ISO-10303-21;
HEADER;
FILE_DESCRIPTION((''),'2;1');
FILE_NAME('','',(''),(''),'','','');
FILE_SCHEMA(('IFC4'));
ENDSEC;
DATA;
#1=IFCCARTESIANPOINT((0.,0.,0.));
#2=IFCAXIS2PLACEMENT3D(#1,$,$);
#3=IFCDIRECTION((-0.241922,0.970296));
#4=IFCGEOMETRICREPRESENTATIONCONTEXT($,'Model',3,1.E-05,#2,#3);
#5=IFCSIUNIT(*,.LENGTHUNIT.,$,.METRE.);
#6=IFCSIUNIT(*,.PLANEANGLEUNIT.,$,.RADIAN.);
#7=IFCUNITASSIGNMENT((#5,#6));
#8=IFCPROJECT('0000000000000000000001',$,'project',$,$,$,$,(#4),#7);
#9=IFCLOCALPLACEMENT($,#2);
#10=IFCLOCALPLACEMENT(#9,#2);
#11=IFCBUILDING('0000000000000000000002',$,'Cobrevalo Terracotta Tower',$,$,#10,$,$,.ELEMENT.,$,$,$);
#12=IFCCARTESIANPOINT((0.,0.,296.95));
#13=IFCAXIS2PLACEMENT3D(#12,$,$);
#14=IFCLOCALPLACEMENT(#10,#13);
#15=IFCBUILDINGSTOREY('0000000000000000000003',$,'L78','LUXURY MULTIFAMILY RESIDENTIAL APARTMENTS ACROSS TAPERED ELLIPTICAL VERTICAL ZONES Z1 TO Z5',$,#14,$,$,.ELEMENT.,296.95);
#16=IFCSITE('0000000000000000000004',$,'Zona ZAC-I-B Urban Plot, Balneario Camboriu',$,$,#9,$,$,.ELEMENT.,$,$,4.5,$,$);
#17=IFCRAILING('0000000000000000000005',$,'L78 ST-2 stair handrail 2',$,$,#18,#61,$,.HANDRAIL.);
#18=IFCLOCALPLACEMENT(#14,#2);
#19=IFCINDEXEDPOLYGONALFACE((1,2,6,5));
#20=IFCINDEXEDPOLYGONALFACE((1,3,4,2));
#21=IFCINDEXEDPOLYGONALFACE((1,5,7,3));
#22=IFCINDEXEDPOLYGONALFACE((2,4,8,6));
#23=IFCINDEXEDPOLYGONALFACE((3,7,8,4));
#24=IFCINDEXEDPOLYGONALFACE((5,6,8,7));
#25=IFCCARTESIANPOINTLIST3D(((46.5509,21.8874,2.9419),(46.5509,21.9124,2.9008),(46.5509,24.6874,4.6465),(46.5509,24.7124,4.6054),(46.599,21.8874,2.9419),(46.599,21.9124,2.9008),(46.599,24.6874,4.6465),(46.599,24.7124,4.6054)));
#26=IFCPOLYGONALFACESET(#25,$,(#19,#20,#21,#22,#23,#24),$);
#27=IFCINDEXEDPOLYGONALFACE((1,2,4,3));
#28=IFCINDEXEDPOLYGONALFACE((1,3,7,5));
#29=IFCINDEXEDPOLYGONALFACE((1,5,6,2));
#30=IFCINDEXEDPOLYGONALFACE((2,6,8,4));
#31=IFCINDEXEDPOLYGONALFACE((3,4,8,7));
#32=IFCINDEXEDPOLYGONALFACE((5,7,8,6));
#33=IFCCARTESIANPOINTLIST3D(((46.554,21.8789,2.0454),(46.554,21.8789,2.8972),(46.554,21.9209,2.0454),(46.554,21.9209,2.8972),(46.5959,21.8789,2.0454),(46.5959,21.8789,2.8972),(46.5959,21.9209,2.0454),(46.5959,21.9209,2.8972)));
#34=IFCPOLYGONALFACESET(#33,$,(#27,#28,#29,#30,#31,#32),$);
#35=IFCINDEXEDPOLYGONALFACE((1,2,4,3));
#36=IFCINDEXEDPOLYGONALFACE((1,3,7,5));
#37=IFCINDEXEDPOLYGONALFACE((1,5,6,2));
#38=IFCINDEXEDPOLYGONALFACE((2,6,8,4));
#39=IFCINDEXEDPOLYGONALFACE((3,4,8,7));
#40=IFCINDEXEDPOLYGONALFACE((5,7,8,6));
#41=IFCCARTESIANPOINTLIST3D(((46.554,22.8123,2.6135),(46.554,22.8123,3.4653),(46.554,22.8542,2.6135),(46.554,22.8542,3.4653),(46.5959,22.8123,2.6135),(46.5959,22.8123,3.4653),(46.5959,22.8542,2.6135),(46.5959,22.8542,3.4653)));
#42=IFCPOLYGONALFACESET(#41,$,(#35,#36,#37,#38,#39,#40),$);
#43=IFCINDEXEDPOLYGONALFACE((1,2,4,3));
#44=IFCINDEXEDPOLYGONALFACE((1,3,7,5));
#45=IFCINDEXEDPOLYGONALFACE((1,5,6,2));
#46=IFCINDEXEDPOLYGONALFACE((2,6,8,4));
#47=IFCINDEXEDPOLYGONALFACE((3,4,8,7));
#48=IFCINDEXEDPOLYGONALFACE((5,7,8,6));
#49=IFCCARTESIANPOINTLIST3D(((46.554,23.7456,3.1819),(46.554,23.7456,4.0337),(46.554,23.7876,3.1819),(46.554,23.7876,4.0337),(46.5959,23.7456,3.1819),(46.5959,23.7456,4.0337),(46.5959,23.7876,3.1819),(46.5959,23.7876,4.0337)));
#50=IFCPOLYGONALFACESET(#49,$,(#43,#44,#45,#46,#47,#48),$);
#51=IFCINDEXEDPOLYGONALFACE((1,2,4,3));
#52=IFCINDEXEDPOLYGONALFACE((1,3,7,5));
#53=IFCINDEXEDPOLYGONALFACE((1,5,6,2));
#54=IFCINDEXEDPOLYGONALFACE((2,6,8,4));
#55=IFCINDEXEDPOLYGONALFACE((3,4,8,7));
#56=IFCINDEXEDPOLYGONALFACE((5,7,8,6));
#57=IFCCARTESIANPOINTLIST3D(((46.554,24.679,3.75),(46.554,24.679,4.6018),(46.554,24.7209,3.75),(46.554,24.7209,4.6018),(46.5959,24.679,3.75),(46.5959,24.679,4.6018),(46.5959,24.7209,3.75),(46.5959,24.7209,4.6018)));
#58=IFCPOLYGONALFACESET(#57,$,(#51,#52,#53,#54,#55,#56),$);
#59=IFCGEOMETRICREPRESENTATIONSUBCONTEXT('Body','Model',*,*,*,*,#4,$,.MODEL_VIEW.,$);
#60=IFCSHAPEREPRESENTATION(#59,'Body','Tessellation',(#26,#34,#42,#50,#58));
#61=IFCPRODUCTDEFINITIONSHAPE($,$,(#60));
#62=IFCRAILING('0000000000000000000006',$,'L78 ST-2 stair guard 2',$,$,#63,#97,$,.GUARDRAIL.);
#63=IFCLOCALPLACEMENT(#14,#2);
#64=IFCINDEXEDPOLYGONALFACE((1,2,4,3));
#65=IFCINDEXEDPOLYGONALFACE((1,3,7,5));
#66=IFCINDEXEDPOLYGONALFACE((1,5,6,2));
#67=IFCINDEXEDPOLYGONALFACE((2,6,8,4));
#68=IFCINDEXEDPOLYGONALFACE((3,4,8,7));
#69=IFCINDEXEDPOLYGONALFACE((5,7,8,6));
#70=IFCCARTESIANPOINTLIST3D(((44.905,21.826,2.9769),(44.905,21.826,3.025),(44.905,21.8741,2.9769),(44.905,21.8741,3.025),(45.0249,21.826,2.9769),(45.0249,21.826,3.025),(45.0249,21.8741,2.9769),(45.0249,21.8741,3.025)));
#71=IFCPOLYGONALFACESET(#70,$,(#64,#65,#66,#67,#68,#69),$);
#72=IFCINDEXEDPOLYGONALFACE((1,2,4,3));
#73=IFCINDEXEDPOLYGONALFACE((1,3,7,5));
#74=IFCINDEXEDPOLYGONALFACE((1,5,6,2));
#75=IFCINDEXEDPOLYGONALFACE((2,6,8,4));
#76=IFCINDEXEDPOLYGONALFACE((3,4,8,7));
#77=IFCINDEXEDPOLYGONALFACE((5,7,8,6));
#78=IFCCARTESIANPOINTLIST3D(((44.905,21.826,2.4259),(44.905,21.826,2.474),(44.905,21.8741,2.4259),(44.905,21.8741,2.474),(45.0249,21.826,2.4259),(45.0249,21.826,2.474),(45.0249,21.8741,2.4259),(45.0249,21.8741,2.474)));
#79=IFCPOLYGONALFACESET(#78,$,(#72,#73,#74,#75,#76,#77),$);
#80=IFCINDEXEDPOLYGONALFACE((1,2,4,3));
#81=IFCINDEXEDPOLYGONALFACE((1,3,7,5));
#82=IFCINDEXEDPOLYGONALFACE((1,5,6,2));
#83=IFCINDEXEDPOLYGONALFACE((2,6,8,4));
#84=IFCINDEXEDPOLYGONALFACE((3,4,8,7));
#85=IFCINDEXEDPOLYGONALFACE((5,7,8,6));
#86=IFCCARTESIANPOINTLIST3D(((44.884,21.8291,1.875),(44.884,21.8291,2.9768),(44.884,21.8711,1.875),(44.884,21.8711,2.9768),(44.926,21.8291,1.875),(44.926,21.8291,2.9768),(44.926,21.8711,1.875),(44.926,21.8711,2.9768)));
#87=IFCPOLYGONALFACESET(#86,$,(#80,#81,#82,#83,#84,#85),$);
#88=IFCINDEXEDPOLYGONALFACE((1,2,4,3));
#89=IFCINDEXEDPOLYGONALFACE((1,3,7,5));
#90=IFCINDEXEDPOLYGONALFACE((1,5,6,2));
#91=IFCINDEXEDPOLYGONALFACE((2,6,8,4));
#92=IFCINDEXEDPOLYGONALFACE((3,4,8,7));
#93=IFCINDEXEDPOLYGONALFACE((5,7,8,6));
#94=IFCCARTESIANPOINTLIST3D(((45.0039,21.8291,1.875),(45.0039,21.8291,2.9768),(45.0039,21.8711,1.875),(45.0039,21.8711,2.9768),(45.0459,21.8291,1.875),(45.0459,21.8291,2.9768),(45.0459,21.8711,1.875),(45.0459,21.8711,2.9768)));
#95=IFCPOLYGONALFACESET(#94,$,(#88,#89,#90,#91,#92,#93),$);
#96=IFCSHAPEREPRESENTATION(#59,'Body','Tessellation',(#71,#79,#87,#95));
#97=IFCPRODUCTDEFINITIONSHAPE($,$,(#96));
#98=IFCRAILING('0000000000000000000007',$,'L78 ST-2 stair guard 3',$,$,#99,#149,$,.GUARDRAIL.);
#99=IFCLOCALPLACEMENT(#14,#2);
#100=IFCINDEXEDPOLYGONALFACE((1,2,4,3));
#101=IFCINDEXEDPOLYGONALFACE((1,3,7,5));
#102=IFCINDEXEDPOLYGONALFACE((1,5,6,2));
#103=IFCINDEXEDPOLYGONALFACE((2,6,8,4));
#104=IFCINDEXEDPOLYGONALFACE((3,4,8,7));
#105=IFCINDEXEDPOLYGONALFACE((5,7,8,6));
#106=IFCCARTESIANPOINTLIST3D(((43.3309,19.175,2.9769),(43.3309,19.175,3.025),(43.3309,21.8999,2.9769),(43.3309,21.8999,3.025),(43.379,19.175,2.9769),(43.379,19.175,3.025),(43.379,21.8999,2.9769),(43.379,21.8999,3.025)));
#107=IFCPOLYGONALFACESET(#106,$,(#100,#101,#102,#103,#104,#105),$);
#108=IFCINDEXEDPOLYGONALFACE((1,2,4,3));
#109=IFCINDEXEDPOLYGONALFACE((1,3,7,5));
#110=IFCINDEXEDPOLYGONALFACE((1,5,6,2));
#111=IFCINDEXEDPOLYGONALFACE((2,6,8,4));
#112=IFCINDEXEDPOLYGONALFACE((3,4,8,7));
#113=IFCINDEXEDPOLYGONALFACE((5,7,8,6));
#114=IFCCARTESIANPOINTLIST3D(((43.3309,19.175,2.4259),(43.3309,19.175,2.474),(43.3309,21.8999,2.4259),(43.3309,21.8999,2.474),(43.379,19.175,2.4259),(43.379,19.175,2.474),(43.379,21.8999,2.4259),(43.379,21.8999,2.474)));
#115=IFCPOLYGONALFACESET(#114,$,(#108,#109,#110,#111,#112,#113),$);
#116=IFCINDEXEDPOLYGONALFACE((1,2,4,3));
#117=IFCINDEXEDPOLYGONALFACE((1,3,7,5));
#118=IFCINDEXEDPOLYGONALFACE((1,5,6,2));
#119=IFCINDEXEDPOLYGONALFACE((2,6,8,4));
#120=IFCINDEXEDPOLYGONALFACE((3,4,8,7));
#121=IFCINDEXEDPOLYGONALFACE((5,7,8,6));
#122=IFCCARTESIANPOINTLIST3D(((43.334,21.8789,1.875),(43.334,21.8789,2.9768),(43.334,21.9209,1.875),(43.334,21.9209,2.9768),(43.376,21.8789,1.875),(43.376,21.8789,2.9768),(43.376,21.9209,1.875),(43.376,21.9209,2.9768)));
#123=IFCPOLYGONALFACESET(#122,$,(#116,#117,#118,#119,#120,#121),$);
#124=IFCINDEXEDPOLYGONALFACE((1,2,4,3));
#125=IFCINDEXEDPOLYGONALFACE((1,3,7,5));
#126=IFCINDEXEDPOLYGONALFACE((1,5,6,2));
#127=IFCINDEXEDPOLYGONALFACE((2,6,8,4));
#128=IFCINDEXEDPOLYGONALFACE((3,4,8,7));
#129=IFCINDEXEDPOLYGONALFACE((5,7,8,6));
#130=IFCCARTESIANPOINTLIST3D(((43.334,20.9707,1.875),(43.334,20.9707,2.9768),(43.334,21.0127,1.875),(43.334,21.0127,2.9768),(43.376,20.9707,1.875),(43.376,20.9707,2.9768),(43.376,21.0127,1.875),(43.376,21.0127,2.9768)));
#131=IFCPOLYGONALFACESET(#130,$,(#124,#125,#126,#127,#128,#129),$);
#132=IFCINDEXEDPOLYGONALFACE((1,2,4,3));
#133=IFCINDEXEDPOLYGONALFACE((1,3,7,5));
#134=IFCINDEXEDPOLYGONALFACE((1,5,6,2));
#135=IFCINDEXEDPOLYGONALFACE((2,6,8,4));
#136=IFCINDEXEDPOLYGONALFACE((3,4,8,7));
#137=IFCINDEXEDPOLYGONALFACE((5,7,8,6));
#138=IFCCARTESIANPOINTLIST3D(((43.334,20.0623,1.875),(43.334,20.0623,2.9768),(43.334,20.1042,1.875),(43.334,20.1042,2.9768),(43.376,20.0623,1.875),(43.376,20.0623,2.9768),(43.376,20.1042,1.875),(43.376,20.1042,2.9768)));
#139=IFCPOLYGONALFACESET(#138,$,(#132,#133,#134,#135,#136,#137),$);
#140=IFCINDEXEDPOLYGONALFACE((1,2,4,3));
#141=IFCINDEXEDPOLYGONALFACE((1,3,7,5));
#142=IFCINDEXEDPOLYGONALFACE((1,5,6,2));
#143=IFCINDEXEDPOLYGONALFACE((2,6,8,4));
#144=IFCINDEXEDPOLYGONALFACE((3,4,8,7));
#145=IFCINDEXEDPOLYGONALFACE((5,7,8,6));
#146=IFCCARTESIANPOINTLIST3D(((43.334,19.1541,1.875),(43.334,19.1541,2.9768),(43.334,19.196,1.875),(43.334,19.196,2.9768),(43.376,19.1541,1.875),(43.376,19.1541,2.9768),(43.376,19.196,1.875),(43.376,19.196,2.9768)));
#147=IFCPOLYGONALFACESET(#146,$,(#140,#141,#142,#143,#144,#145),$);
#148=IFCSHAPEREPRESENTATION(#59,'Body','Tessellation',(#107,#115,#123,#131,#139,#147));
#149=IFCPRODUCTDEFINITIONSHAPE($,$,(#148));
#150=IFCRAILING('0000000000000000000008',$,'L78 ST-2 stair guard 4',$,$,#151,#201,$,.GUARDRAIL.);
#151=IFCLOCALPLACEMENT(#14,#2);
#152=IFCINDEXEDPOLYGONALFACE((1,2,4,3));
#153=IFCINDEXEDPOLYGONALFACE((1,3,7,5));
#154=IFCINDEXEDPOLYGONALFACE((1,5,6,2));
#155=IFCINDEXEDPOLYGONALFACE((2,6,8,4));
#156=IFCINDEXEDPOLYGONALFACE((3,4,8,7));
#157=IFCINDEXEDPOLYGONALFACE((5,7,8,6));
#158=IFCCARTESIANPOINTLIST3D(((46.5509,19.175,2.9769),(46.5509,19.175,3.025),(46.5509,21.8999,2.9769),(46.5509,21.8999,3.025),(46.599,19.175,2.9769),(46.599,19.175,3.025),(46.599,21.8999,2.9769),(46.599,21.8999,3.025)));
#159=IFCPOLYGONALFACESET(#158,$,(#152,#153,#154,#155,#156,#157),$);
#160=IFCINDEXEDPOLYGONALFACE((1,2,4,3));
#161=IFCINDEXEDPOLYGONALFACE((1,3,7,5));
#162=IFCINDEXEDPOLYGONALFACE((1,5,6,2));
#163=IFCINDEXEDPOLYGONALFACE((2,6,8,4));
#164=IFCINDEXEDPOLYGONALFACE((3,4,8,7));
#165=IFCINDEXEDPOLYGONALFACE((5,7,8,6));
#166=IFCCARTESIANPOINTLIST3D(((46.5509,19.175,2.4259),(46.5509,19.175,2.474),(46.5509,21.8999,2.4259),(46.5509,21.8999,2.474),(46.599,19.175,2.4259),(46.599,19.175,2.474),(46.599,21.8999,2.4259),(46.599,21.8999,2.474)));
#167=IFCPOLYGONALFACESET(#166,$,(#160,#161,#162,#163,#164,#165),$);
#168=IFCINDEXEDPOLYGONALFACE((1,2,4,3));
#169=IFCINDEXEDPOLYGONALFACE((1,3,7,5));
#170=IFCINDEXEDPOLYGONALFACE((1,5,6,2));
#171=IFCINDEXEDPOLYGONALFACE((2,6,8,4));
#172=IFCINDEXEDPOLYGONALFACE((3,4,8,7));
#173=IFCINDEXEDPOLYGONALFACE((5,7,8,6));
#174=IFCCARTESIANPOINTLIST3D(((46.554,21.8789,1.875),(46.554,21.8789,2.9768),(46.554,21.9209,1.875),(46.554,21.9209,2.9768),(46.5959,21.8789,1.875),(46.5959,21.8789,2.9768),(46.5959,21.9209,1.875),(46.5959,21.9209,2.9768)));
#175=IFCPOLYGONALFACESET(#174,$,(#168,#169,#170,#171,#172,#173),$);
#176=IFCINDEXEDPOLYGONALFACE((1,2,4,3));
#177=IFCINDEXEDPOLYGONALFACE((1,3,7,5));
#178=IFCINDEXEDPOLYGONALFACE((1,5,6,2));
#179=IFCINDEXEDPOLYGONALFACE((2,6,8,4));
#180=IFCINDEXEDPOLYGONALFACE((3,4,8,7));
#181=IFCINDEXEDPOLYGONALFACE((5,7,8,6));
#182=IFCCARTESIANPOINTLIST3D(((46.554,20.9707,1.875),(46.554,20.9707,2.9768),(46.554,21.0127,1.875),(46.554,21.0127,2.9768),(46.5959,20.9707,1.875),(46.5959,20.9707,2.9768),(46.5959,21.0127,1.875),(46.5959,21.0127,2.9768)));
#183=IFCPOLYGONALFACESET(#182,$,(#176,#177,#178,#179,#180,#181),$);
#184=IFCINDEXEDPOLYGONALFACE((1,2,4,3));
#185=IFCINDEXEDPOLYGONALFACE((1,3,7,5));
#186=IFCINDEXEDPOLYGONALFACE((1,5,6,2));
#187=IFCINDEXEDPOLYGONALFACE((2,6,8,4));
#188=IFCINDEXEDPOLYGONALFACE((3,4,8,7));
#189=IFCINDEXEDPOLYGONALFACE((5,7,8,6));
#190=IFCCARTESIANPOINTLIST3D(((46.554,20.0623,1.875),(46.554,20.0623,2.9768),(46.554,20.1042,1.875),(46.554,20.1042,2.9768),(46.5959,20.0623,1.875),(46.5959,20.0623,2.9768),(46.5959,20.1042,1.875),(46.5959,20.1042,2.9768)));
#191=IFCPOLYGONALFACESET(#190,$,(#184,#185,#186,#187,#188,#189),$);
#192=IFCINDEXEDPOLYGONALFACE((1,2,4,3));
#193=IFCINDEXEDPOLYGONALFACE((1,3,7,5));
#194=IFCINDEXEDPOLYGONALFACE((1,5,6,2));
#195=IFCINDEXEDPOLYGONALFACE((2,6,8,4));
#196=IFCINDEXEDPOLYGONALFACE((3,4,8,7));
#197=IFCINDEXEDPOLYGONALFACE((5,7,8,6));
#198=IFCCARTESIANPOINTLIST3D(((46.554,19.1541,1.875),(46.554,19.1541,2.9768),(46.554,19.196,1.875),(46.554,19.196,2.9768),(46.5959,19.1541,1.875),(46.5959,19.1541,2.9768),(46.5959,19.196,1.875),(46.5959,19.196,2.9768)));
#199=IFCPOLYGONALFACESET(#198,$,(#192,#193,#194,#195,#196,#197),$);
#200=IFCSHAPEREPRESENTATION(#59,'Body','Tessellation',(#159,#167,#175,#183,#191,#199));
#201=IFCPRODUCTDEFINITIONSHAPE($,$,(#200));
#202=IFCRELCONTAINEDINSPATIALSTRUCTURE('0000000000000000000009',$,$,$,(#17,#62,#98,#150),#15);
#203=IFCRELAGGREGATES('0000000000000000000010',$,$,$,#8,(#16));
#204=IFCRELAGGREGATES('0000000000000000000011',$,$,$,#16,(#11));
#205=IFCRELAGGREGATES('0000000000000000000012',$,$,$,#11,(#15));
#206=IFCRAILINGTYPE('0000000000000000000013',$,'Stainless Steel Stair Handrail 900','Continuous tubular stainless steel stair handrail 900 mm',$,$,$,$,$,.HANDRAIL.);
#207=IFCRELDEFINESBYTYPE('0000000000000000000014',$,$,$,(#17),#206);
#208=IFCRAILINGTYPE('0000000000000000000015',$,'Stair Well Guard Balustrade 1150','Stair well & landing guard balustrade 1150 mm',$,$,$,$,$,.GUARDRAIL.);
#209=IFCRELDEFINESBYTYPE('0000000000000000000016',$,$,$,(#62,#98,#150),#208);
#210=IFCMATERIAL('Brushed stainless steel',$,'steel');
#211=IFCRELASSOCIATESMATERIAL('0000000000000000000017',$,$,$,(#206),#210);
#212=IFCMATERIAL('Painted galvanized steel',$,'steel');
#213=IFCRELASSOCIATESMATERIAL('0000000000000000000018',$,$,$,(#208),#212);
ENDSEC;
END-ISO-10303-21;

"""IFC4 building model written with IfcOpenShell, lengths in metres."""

from ifc_helpers import new_model, si_unit, direction, frame, origin, origin_2d, place, context, subcontext, project, spatial, rectangle, extrude, material, type_object, element, save


model = new_model("IFC4")

# Units and contexts
model_context = context("Model", 3, precision=1e-05, world=origin(), true_north=direction((-0.241922, 0.970296)))
body_context = subcontext(model_context, "Body", "Model", "MODEL_VIEW")
ifc_project = project(units=[si_unit("LENGTHUNIT", "METRE"), si_unit("PLANEANGLEUNIT", "RADIAN")], contexts=[model_context])

# Site, building, storey
site_placement = place(None, origin())
site = spatial("IfcSite", under=ifc_project, at=site_placement, Name="Zona ZAC-I-B Urban Plot, Balneario Camboriu", CompositionType="ELEMENT", RefElevation=4.5)
building_placement = place(site_placement, origin())
building = spatial("IfcBuilding", under=site, at=building_placement, Name="Cobrevalo Terracotta Tower", CompositionType="ELEMENT")
storey_placement = place(building_placement, frame((0.0, 0.0, 296.95)))
storey = spatial("IfcBuildingStorey", under=building, at=storey_placement, Name="L78", Description="LUXURY MULTIFAMILY RESIDENTIAL APARTMENTS ACROSS TAPERED ELLIPTICAL VERTICAL ZONES Z1 TO Z5", CompositionType="ELEMENT", Elevation=296.95)

# Railings
ifc_material_1 = material(Name="Brushed stainless steel", Category="steel")
railing_type_1 = type_object("IfcRailingType", Name="Stainless Steel Stair Handrail 900", Description="Continuous tubular stainless steel stair handrail 900 mm", PredefinedType="HANDRAIL", material=ifc_material_1)
railing_1_placement = place(storey_placement, frame((46.575, 21.8999, 2.0454)))
element("IfcRailing", 1, at=railing_1_placement, inside=storey, type_object=railing_type_1, Name="L78 ST-2 stair handrail 2", PredefinedType="HANDRAIL", context=body_context, shape_type="SweptSolid", body=[
    extrude(rectangle(XDim=0.0481, YDim=0.0481, at=origin_2d()), frame((0.0, 0.0, 0.876), z_axis=(0.0, 0.85417, 0.519994), x_axis=(-1.0, 0.0, 0.0)), (0.0, 0.0, 1.0), 3.2781),
    extrude(rectangle(XDim=0.042, YDim=0.042, at=origin_2d()), origin(), (0.0, 0.0, 1.0), 0.8518),
    extrude(rectangle(XDim=0.042, YDim=0.042, at=origin_2d()), frame((0.0, 0.9333, 0.5681)), (0.0, 0.0, 1.0), 0.8518),
    extrude(rectangle(XDim=0.042, YDim=0.042, at=origin_2d()), frame((0.0, 1.8667, 1.1365)), (0.0, 0.0, 1.0), 0.8518),
    extrude(rectangle(XDim=0.042, YDim=0.042, at=origin_2d()), frame((0.0, 2.8, 1.7046)), (0.0, 0.0, 1.0), 0.8518),
])
ifc_material_2 = material(Name="Painted galvanized steel", Category="steel")
railing_type_2 = type_object("IfcRailingType", Name="Stair Well Guard Balustrade 1150", Description="Stair well & landing guard balustrade 1150 mm", PredefinedType="GUARDRAIL", material=ifc_material_2)
railing_2_placement = place(storey_placement, frame((44.905, 21.8501, 1.875)))
element("IfcRailing", 2, at=railing_2_placement, inside=storey, type_object=railing_type_2, Name="L78 ST-2 stair guard 2", PredefinedType="GUARDRAIL", context=body_context, shape_type="SweptSolid", body=[
    extrude(rectangle(XDim=0.0481, YDim=0.0481, at=origin_2d()), frame((0.0, 0.0, 1.126), z_axis=(1.0, 0.0, 0.0), x_axis=(0.0, 1.0, 0.0)), (0.0, 0.0, 1.0), 0.1199),
    extrude(rectangle(XDim=0.0481, YDim=0.0481, at=origin_2d()), frame((0.0, 0.0, 0.575), z_axis=(1.0, 0.0, 0.0), x_axis=(0.0, 1.0, 0.0)), (0.0, 0.0, 1.0), 0.1199),
    extrude(rectangle(XDim=0.042, YDim=0.042, at=origin_2d()), origin(), (0.0, 0.0, 1.0), 1.1018),
    extrude(rectangle(XDim=0.042, YDim=0.042, at=origin_2d()), frame((0.1199, 0.0, 0.0)), (0.0, 0.0, 1.0), 1.1018),
])
for number, where, name in (
    (3, (43.355, 21.8999, 1.875), "L78 ST-2 stair guard 3"),
    (4, (46.575, 21.8999, 1.875), "L78 ST-2 stair guard 4"),
):
    element("IfcRailing", number, at=place(storey_placement, frame(where)), inside=storey, type_object=railing_type_2, Name=name, PredefinedType="GUARDRAIL", context=body_context, shape_type="SweptSolid", body=[
        extrude(rectangle(XDim=0.0481, YDim=0.0481, at=origin_2d()), frame((0.0, 0.0, 1.126), z_axis=(0.0, -1.0, 0.0), x_axis=(1.0, 0.0, 0.0)), (0.0, 0.0, 1.0), 2.7249),
        extrude(rectangle(XDim=0.0481, YDim=0.0481, at=origin_2d()), frame((0.0, 0.0, 0.575), z_axis=(0.0, -1.0, 0.0), x_axis=(1.0, 0.0, 0.0)), (0.0, 0.0, 1.0), 2.7249),
        extrude(rectangle(XDim=0.042, YDim=0.042, at=origin_2d()), origin(), (0.0, 0.0, 1.0), 1.1018),
        extrude(rectangle(XDim=0.042, YDim=0.042, at=origin_2d()), frame((0.0, -0.9082, 0.0)), (0.0, 0.0, 1.0), 1.1018),
        extrude(rectangle(XDim=0.042, YDim=0.042, at=origin_2d()), frame((0.0, -1.8167, 0.0)), (0.0, 0.0, 1.0), 1.1018),
        extrude(rectangle(XDim=0.042, YDim=0.042, at=origin_2d()), frame((0.0, -2.7249, 0.0)), (0.0, 0.0, 1.0), 1.1018),
    ])

save(model, "model.ifc")
